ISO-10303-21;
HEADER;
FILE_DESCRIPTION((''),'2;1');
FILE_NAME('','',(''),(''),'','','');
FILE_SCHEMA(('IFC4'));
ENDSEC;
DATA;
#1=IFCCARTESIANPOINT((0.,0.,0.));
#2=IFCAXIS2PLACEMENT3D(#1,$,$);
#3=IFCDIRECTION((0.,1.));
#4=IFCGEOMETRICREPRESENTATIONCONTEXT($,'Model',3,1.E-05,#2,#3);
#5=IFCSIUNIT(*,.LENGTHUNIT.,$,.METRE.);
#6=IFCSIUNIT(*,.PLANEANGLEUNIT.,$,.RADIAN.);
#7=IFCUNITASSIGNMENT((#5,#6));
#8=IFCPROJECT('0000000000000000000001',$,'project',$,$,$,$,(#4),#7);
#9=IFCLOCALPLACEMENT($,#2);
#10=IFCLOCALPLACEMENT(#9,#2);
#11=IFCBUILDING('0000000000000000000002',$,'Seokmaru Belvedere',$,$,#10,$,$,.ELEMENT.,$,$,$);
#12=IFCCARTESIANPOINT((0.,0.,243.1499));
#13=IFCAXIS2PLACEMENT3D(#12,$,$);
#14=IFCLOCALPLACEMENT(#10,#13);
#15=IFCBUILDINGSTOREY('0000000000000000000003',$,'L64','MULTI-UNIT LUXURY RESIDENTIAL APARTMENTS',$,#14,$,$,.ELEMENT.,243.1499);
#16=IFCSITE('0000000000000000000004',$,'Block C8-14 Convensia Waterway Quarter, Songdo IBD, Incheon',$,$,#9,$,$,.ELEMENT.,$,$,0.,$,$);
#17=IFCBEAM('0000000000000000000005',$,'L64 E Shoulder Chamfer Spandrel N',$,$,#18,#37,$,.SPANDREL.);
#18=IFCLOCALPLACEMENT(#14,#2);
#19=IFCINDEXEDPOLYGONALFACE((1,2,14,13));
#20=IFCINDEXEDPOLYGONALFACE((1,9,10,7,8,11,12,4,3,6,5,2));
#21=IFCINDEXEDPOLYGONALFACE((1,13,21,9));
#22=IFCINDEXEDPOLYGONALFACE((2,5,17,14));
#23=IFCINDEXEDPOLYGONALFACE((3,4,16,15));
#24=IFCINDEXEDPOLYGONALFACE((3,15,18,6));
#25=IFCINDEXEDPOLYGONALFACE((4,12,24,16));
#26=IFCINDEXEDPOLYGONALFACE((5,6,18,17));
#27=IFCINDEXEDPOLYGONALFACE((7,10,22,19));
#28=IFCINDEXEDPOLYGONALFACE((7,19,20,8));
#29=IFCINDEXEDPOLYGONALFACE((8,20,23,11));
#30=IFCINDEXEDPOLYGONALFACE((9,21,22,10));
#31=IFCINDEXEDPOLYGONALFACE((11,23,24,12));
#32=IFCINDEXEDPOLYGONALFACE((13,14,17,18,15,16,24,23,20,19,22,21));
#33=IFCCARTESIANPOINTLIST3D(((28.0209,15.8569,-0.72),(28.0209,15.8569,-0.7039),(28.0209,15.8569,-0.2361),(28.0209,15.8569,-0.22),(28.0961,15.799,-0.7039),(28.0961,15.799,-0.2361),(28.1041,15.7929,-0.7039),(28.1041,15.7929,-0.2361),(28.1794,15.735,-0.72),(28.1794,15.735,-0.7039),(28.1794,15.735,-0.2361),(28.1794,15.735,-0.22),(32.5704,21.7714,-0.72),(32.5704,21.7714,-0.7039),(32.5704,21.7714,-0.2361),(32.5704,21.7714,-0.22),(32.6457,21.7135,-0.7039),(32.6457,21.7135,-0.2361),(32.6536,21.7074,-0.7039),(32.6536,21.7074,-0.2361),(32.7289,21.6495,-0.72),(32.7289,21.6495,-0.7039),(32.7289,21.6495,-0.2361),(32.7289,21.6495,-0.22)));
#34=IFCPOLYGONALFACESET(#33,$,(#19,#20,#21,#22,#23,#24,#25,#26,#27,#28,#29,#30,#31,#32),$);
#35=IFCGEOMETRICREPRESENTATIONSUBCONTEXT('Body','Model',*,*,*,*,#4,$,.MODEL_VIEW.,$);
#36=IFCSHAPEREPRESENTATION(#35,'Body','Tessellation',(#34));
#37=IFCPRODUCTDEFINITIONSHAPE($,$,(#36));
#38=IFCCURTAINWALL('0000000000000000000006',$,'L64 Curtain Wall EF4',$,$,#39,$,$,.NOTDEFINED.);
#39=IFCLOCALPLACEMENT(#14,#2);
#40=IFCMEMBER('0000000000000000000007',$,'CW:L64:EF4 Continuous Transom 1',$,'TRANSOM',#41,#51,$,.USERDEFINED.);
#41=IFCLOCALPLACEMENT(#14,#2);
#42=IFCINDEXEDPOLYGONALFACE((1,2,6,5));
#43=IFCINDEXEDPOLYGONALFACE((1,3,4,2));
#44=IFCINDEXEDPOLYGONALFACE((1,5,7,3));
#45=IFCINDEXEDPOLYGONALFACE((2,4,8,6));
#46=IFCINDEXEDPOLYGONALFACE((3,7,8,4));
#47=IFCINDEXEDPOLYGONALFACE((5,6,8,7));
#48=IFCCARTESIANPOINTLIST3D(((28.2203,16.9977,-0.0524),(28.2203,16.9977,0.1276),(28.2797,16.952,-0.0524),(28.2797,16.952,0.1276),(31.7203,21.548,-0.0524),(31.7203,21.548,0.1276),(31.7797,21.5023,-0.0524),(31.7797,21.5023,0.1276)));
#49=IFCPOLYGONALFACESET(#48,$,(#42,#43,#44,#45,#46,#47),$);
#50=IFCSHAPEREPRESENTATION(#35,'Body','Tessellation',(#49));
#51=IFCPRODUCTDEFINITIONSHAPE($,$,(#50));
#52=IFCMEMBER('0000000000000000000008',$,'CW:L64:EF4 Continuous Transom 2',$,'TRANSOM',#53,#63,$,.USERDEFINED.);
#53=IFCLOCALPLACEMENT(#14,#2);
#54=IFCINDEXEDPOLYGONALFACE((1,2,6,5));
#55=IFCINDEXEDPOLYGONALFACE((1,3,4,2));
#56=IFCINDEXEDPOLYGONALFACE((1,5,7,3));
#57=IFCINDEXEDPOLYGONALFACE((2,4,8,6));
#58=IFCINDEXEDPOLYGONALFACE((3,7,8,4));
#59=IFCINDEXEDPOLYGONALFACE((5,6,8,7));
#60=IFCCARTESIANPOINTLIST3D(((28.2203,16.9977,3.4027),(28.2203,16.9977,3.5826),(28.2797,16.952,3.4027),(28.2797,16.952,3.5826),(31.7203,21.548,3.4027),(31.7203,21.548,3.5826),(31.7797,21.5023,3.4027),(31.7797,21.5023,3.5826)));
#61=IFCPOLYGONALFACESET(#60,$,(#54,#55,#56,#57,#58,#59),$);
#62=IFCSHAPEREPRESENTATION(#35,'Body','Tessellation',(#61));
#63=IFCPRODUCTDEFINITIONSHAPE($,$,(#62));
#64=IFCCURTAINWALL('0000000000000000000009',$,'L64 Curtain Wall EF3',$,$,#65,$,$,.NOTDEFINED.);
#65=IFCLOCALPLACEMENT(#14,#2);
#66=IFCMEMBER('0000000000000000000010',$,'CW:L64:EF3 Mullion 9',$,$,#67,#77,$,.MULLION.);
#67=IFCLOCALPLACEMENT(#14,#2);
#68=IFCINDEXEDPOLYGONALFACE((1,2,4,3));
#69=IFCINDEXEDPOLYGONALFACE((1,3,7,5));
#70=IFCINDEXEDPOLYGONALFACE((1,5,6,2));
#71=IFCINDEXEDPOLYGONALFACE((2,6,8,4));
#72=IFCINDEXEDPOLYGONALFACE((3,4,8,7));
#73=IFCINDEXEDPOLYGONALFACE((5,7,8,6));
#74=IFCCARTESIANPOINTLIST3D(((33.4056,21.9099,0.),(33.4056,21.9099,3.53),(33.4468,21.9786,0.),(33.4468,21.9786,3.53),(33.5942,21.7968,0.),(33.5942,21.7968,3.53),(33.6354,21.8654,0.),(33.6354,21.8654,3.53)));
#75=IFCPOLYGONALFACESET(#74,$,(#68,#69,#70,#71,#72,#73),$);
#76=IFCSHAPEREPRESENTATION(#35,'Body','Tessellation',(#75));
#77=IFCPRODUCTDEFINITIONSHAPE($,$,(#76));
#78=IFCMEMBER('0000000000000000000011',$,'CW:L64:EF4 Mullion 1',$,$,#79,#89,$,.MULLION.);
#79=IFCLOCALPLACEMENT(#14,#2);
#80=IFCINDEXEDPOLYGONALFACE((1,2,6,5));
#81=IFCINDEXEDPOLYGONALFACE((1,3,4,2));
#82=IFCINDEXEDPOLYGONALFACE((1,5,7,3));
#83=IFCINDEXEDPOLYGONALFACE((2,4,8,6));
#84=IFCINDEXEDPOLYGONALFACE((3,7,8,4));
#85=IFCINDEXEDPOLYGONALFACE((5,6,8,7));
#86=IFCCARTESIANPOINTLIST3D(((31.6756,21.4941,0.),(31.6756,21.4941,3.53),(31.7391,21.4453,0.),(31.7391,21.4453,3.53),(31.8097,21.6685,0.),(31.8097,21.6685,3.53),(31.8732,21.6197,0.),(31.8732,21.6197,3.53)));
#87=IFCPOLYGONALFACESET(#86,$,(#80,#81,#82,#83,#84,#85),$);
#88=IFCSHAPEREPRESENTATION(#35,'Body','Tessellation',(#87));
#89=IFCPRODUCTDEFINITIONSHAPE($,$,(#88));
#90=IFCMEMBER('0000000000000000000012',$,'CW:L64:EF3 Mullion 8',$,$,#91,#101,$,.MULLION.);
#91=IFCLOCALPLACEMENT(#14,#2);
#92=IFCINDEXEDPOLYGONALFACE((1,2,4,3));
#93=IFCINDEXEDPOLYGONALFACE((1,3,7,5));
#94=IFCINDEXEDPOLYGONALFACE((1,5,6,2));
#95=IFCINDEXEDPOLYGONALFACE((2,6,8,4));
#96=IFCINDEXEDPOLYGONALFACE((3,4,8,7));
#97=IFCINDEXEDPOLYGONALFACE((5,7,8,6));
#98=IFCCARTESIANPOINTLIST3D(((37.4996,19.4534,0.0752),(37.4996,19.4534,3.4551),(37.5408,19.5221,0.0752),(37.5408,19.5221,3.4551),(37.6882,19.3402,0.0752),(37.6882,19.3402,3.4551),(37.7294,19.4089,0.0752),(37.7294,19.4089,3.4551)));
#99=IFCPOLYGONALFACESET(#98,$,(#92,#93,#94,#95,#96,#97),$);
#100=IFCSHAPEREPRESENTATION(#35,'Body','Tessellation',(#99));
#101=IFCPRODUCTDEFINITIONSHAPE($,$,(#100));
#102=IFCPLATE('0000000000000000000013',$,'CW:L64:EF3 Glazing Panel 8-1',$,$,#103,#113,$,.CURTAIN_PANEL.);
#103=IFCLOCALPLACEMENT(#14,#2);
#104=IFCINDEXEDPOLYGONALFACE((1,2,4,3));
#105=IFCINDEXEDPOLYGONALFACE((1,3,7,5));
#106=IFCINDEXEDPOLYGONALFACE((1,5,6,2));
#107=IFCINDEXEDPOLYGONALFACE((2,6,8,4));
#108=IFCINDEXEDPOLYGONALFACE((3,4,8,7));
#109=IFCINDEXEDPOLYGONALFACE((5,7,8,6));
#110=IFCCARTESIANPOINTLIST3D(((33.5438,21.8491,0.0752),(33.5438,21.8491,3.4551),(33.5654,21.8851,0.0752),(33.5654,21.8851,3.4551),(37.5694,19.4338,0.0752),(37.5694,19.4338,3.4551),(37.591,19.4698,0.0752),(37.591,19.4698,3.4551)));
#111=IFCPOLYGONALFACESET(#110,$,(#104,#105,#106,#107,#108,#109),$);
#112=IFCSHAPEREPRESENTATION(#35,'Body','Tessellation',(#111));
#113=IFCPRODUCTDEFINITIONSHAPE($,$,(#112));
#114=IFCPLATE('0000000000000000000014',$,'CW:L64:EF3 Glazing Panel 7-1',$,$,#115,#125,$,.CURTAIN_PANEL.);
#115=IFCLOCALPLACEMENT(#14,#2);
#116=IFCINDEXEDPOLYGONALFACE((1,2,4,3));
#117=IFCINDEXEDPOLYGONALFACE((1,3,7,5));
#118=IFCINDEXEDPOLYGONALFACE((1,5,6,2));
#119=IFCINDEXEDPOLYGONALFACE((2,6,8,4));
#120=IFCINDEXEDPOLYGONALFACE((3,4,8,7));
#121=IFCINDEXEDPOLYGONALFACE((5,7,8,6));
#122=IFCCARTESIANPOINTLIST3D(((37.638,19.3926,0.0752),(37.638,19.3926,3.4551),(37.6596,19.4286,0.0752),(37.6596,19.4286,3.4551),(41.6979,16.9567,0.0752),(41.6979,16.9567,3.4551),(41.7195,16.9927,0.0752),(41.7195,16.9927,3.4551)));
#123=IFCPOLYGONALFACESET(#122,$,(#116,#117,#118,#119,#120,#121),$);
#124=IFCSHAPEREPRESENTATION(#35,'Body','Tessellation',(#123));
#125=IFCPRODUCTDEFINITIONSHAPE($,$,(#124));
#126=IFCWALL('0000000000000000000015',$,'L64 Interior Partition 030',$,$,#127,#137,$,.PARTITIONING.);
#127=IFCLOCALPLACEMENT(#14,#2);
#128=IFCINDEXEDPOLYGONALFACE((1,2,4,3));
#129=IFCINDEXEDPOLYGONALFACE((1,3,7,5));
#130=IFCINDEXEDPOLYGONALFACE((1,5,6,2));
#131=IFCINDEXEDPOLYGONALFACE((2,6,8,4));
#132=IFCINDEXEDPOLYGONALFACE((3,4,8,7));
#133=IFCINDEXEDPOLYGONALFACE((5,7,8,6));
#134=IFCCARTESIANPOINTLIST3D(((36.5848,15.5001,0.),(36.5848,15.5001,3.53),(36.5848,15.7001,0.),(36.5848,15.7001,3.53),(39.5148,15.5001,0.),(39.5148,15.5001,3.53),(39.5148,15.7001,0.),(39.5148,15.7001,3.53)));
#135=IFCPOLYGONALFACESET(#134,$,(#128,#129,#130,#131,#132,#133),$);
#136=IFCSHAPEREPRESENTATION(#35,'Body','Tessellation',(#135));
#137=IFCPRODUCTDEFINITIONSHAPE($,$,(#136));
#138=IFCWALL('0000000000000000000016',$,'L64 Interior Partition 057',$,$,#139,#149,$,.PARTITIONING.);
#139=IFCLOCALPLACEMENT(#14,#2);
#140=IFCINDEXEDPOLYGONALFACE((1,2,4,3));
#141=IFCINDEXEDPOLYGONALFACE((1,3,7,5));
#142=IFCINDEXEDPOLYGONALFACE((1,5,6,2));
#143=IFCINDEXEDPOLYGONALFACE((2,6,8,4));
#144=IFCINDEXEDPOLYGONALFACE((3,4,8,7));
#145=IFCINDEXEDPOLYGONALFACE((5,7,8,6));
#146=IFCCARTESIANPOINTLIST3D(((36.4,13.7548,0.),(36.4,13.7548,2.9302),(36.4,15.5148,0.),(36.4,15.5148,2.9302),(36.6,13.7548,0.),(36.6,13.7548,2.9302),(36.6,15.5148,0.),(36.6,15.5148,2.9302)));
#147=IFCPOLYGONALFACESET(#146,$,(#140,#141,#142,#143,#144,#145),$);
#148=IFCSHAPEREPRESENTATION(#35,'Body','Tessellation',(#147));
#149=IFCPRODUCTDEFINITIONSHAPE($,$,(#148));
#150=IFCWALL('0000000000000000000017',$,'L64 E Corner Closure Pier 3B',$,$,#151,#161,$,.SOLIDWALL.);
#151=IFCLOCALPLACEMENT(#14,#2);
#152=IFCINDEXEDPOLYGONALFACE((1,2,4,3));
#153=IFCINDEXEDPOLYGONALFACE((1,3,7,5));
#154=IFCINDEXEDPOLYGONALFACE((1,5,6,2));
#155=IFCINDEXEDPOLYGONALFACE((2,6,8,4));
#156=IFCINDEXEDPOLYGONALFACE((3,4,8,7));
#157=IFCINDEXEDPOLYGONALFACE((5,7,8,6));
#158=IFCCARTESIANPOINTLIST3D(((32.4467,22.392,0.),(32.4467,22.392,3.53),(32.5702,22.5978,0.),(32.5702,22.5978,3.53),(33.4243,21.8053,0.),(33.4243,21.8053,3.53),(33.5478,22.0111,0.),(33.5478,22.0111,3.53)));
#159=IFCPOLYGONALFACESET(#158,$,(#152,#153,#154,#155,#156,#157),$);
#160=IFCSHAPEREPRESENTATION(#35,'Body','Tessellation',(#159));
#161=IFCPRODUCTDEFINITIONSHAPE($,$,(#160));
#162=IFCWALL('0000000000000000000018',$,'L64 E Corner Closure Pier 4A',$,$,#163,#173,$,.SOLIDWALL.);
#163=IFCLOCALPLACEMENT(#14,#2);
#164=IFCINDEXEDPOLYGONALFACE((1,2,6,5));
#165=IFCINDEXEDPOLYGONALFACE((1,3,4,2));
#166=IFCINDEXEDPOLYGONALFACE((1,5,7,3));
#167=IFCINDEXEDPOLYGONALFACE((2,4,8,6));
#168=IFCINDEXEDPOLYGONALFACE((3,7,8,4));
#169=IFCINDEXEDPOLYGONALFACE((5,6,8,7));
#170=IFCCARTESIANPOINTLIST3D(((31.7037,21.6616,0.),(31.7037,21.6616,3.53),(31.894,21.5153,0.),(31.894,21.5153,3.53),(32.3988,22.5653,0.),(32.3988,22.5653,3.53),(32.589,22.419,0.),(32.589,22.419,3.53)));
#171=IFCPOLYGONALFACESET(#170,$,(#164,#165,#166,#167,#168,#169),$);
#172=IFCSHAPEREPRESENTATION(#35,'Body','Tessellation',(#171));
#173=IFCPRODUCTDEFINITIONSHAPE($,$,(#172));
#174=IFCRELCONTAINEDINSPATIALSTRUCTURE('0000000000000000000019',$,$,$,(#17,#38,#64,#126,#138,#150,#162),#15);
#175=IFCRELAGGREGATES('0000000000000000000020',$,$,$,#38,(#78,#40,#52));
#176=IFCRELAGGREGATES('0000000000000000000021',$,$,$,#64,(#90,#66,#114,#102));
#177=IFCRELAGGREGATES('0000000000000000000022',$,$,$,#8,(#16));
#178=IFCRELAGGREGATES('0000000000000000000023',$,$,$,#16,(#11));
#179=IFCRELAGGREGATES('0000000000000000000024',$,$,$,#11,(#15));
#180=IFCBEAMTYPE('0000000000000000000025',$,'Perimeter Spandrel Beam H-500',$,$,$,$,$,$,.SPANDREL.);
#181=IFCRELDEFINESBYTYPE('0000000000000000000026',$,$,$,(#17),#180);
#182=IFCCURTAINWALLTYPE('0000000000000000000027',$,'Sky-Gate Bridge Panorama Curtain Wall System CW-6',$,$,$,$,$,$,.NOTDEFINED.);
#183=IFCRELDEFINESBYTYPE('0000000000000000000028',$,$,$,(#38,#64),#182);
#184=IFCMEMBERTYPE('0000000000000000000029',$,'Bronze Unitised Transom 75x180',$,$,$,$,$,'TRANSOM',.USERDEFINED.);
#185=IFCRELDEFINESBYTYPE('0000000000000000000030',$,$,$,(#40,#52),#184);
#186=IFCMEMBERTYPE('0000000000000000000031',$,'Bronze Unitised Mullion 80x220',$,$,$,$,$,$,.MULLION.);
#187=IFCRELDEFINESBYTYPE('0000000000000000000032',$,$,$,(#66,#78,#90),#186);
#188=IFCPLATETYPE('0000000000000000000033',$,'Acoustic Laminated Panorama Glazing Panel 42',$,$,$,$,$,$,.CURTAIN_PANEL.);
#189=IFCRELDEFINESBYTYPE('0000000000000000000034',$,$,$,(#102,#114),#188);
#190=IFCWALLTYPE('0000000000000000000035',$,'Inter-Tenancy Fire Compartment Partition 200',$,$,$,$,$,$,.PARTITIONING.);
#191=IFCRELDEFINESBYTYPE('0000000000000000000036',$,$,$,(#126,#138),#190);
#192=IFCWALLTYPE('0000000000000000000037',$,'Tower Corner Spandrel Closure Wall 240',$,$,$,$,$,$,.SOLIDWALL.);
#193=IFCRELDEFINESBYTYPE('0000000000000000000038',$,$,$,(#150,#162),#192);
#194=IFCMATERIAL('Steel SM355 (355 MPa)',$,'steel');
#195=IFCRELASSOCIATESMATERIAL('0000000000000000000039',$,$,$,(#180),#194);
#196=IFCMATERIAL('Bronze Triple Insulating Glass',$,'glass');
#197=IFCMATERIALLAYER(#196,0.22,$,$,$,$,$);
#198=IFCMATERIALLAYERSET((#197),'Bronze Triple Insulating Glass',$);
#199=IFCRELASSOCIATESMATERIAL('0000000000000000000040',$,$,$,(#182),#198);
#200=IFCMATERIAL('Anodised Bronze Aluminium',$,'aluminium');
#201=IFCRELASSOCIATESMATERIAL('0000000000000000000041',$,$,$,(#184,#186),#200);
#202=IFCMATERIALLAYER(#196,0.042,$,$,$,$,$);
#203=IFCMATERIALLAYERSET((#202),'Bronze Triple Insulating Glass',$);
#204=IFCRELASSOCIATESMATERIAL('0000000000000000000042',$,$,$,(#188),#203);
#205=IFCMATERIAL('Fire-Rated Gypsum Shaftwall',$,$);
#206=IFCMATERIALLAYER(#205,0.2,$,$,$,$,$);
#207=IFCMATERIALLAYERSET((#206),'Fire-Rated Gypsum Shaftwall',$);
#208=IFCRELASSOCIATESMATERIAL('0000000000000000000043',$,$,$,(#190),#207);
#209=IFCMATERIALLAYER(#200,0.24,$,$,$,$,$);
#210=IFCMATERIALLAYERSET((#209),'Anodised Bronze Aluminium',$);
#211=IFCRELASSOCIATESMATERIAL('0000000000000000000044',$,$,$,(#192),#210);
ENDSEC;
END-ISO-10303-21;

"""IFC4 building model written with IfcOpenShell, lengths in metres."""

from ifc_helpers import new_model, si_unit, direction, frame, frame_2d, origin, origin_2d, place, context, subcontext, project, spatial, rectangle, i_section, extrude, source, transform, mapped, material, layer, layer_set, material_profile, profile_set, type_object, type_shapes, element, aggregate, save


model = new_model("IFC4")

# Units and contexts
model_context = context("Model", 3, precision=1e-05, world=origin(), true_north=direction((0.0, 1.0)))
body_context = subcontext(model_context, "Body", "Model", "MODEL_VIEW")
ifc_project = project(units=[si_unit("LENGTHUNIT", "METRE"), si_unit("PLANEANGLEUNIT", "RADIAN")], contexts=[model_context])

# Site, building, storey
site_placement = place(None, origin())
site = spatial("IfcSite", under=ifc_project, at=site_placement, Name="Block C8-14 Convensia Waterway Quarter, Songdo IBD, Incheon", CompositionType="ELEMENT", RefElevation=0.0)
building_placement = place(site_placement, origin())
building = spatial("IfcBuilding", under=site, at=building_placement, Name="Seokmaru Belvedere", CompositionType="ELEMENT")
storey_placement = place(building_placement, frame((0.0, 0.0, 243.1499)))
storey = spatial("IfcBuildingStorey", under=building, at=storey_placement, Name="L64", Description="MULTI-UNIT LUXURY RESIDENTIAL APARTMENTS", CompositionType="ELEMENT", Elevation=243.1499)

# Shared definitions
ifc_material_1 = material(Name="Steel SM355 (355 MPa)", Category="steel")

# Beam
ifc_material_profile_1 = material_profile(ifc_material_1, i_section(OverallWidth=0.2, OverallDepth=0.5, WebThickness=0.01, FlangeThickness=0.0161, at=origin_2d()), Name="H-500x200x10x16")
ifc_profile_set_1 = profile_set([ifc_material_profile_1], Name="Steel SM355 (355 MPa)")
beam_type_1 = type_object("IfcBeamType", Name="Perimeter Spandrel Beam H-500", PredefinedType="SPANDREL", material=ifc_profile_set_1)
shared_shape_1 = source(origin(), body_context, "Body", "SweptSolid", [
    extrude(i_section(OverallWidth=0.2, OverallDepth=0.5, WebThickness=0.01, FlangeThickness=0.0161, at=origin_2d()), origin(), (0.0, 0.0, 1.0), 7.4619),
])
beam_1_placement = place(storey_placement, frame((32.6497, 21.7104, -0.47), z_axis=(-0.609703, -0.79263, 0.0), x_axis=(0.79263, -0.609703, 0.0)))
element("IfcBeam", 1, at=beam_1_placement, inside=storey, type_object=beam_type_1, Name="L64 E Shoulder Chamfer Spandrel N", PredefinedType="SPANDREL", context=body_context, shape_type="MappedRepresentation", body=[
    mapped(shared_shape_1, transform((0.0, 0.0, 0.0), scale=1.0)),
])

# Curtain wall, members
ifc_material_2 = material(Name="Bronze Triple Insulating Glass", Category="glass")
ifc_layer_1 = layer(ifc_material_2, 0.22)
ifc_layer_set_1 = layer_set([ifc_layer_1], Name="Bronze Triple Insulating Glass")
curtain_wall_type = type_object("IfcCurtainWallType", Name="Sky-Gate Bridge Panorama Curtain Wall System CW-6", PredefinedType="NOTDEFINED", material=ifc_layer_set_1)
curtain_wall_1_placement = place(storey_placement, origin())
curtain_wall_1 = element("IfcCurtainWall", 2, at=curtain_wall_1_placement, inside=storey, type_object=curtain_wall_type, Name="L64 Curtain Wall EF4", PredefinedType="NOTDEFINED")
ifc_material_3 = material(Name="Anodised Bronze Aluminium", Category="aluminium")
ifc_material_profile_2 = material_profile(ifc_material_3, rectangle(XDim=0.075, YDim=0.1799, at=origin_2d()), Name="CW-T-75x180")
ifc_profile_set_2 = profile_set([ifc_material_profile_2], Name="Anodised Bronze Aluminium")
member_type_1 = type_object("IfcMemberType", Name="Bronze Unitised Transom 75x180", ElementType="TRANSOM", PredefinedType="USERDEFINED", material=ifc_profile_set_2)
shared_shape_2 = source(origin(), body_context, "Body", "SweptSolid", [
    extrude(rectangle(XDim=0.075, YDim=0.1799, at=origin_2d()), origin(), (0.0, 0.0, 1.0), 5.7407),
])
type_shapes(member_type_1, [shared_shape_2])
member_1_placement = place(storey_placement, frame((31.75, 21.5251, 0.0376), z_axis=(-0.609686, -0.792643, 0.0), x_axis=(0.792643, -0.609686, 0.0)))
member_1 = element("IfcMember", 3, at=member_1_placement, type_object=member_type_1, Name="CW:L64:EF4 Continuous Transom 1", ObjectType="TRANSOM", PredefinedType="USERDEFINED", context=body_context, shape_type="MappedRepresentation", body=[
    mapped(shared_shape_2, transform((0.0, 0.0, 0.0), scale=1.0)),
])
member_2_placement = place(storey_placement, frame((31.75, 21.5251, 3.4927), z_axis=(-0.609686, -0.792643, 0.0), x_axis=(0.792643, -0.609686, 0.0)))
member_2 = element("IfcMember", 4, at=member_2_placement, type_object=member_type_1, Name="CW:L64:EF4 Continuous Transom 2", ObjectType="TRANSOM", PredefinedType="USERDEFINED", context=body_context, shape_type="MappedRepresentation", body=[
    mapped(shared_shape_2, transform((0.0, 0.0, 0.0), scale=1.0)),
])

# Curtain wall, member
curtain_wall_2_placement = place(storey_placement, origin())
curtain_wall_2 = element("IfcCurtainWall", 5, at=curtain_wall_2_placement, inside=storey, type_object=curtain_wall_type, Name="L64 Curtain Wall EF3", PredefinedType="NOTDEFINED")
ifc_material_profile_3 = material_profile(ifc_material_3, rectangle(XDim=0.0801, YDim=0.22, at=origin_2d()), Name="CW-M-80x220")
ifc_profile_set_3 = profile_set([ifc_material_profile_3], Name="Anodised Bronze Aluminium")
member_type_2 = type_object("IfcMemberType", Name="Bronze Unitised Mullion 80x220", PredefinedType="MULLION", material=ifc_profile_set_3)
shared_shape_3 = source(origin(), body_context, "Body", "SweptSolid", [
    extrude(rectangle(XDim=0.0801, YDim=0.22, at=origin_2d()), origin(), (0.0, 0.0, 1.0), 3.53),
])
member_3_placement = place(storey_placement, frame((33.5205, 21.8877, 0.0), z_axis=(0.0, 0.0, 1.0), x_axis=(-0.514495, -0.857493, 0.0)))
member_3 = element("IfcMember", 6, at=member_3_placement, type_object=member_type_2, Name="CW:L64:EF3 Mullion 9", PredefinedType="MULLION", context=body_context, shape_type="MappedRepresentation", body=[
    mapped(shared_shape_3, transform((0.0, 0.0, 0.0), scale=1.0)),
])

# Members
member_4_placement = place(storey_placement, frame((31.7744, 21.5569, 0.0), z_axis=(0.0, 0.0, 1.0), x_axis=(0.792631, -0.609701, 0.0)))
member_4 = element("IfcMember", 7, at=member_4_placement, type_object=member_type_2, Name="CW:L64:EF4 Mullion 1", PredefinedType="MULLION", context=body_context, shape_type="MappedRepresentation", body=[
    mapped(shared_shape_3, transform((0.0, 0.0, 0.0), scale=1.0)),
])
aggregate(curtain_wall_1, [member_4, member_1, member_2])
shared_shape_4 = source(origin(), body_context, "Body", "SweptSolid", [
    extrude(rectangle(XDim=0.0801, YDim=0.22, at=origin_2d()), origin(), (0.0, 0.0, 1.0), 3.3799),
])
type_shapes(member_type_2, [shared_shape_3, shared_shape_4])
member_5_placement = place(storey_placement, frame((37.6145, 19.4312, 0.0752), z_axis=(0.0, 0.0, 1.0), x_axis=(-0.514495, -0.857493, 0.0)))
member_5 = element("IfcMember", 8, at=member_5_placement, type_object=member_type_2, Name="CW:L64:EF3 Mullion 8", PredefinedType="MULLION", context=body_context, shape_type="MappedRepresentation", body=[
    mapped(shared_shape_4, transform((0.0, 0.0, 0.0), scale=1.0)),
])

# Plates
ifc_layer_2 = layer(ifc_material_2, 0.042)
ifc_layer_set_2 = layer_set([ifc_layer_2], Name="Bronze Triple Insulating Glass")
plate_type = type_object("IfcPlateType", Name="Acoustic Laminated Panorama Glazing Panel 42", PredefinedType="CURTAIN_PANEL", material=ifc_layer_set_2)
shared_shape_5 = source(origin(), body_context, "Body", "SweptSolid", [
    extrude(rectangle(XDim=4.6946, YDim=0.042, at=origin_2d()), origin(), (0.0, 0.0, 1.0), 3.3799),
])
plate_1_placement = place(storey_placement, frame((35.5674, 20.6594, 0.0752), z_axis=(0.0, 0.0, 1.0), x_axis=(-0.857493, 0.514495, 0.0)))
plate_1 = element("IfcPlate", 9, at=plate_1_placement, type_object=plate_type, Name="CW:L64:EF3 Glazing Panel 8-1", PredefinedType="CURTAIN_PANEL", context=body_context, shape_type="MappedRepresentation", body=[
    mapped(shared_shape_5, transform((0.0, 0.0, 0.0), scale=1.0)),
])
shared_shape_6 = source(origin(), body_context, "Body", "SweptSolid", [
    extrude(rectangle(XDim=4.7346, YDim=0.042, at=origin_2d()), origin(), (0.0, 0.0, 1.0), 3.3799),
])
type_shapes(plate_type, [shared_shape_5, shared_shape_6])
plate_2_placement = place(storey_placement, frame((39.6787, 18.1926, 0.0752), z_axis=(0.0, 0.0, 1.0), x_axis=(-0.857493, 0.514495, 0.0)))
plate_2 = element("IfcPlate", 10, at=plate_2_placement, type_object=plate_type, Name="CW:L64:EF3 Glazing Panel 7-1", PredefinedType="CURTAIN_PANEL", context=body_context, shape_type="MappedRepresentation", body=[
    mapped(shared_shape_6, transform((0.0, 0.0, 0.0), scale=1.0)),
])
aggregate(curtain_wall_2, [member_5, member_3, plate_2, plate_1])

# Walls
ifc_material_4 = material(Name="Fire-Rated Gypsum Shaftwall")
ifc_layer_3 = layer(ifc_material_4, 0.2)
ifc_layer_set_3 = layer_set([ifc_layer_3], Name="Fire-Rated Gypsum Shaftwall")
wall_type_1 = type_object("IfcWallType", Name="Inter-Tenancy Fire Compartment Partition 200", PredefinedType="PARTITIONING", material=ifc_layer_set_3)
wall_1_placement = place(storey_placement, frame((36.585, 15.6001, 0.0), z_axis=(0.0, 0.0, 1.0), x_axis=(1.0, 0.0, 0.0)))
element("IfcWall", 11, at=wall_1_placement, inside=storey, type_object=wall_type_1, Name="L64 Interior Partition 030", PredefinedType="PARTITIONING", context=body_context, shape_type="SweptSolid", body=[
    extrude(rectangle(XDim=2.9299, YDim=0.2, at=frame_2d((1.4648, 0.0))), origin(), (0.0, 0.0, 1.0), 3.53),
])
wall_2_placement = place(storey_placement, frame((36.5, 13.7549, 0.0), z_axis=(0.0, 0.0, 1.0), x_axis=(0.0, 1.0, 0.0)))
element("IfcWall", 12, at=wall_2_placement, inside=storey, type_object=wall_type_1, Name="L64 Interior Partition 057", PredefinedType="PARTITIONING", context=body_context, shape_type="SweptSolid", body=[
    extrude(rectangle(XDim=1.76, YDim=0.2, at=frame_2d((0.8799, 0.0))), origin(), (0.0, 0.0, 1.0), 2.9302),
])
ifc_layer_4 = layer(ifc_material_3, 0.24)
ifc_layer_set_4 = layer_set([ifc_layer_4], Name="Anodised Bronze Aluminium")
wall_type_2 = type_object("IfcWallType", Name="Tower Corner Spandrel Closure Wall 240", PredefinedType="SOLIDWALL", material=ifc_layer_set_4)
for number, where, z_axis, x_axis, name in (
    (13, (33.4861, 21.9082, 0.0), (0.0, 0.0, 1.0), (-0.857436, 0.51459, 0.0), "L64 E Corner Closure Pier 3B"),
    (14, (32.4939, 22.4922, 0.0), (0.0, 0.0, 1.0), (-0.609618, -0.792696, 0.0), "L64 E Corner Closure Pier 4A"),
):
    element("IfcWall", number, at=place(storey_placement, frame(where, z_axis=z_axis, x_axis=x_axis)), inside=storey, type_object=wall_type_2, Name=name, PredefinedType="SOLIDWALL", context=body_context, shape_type="SweptSolid", body=[
        extrude(rectangle(XDim=1.1401, YDim=0.24, at=frame_2d((0.5701, 0.0))), origin(), (0.0, 0.0, 1.0), 3.53),
    ])

save(model, "model.ifc")
